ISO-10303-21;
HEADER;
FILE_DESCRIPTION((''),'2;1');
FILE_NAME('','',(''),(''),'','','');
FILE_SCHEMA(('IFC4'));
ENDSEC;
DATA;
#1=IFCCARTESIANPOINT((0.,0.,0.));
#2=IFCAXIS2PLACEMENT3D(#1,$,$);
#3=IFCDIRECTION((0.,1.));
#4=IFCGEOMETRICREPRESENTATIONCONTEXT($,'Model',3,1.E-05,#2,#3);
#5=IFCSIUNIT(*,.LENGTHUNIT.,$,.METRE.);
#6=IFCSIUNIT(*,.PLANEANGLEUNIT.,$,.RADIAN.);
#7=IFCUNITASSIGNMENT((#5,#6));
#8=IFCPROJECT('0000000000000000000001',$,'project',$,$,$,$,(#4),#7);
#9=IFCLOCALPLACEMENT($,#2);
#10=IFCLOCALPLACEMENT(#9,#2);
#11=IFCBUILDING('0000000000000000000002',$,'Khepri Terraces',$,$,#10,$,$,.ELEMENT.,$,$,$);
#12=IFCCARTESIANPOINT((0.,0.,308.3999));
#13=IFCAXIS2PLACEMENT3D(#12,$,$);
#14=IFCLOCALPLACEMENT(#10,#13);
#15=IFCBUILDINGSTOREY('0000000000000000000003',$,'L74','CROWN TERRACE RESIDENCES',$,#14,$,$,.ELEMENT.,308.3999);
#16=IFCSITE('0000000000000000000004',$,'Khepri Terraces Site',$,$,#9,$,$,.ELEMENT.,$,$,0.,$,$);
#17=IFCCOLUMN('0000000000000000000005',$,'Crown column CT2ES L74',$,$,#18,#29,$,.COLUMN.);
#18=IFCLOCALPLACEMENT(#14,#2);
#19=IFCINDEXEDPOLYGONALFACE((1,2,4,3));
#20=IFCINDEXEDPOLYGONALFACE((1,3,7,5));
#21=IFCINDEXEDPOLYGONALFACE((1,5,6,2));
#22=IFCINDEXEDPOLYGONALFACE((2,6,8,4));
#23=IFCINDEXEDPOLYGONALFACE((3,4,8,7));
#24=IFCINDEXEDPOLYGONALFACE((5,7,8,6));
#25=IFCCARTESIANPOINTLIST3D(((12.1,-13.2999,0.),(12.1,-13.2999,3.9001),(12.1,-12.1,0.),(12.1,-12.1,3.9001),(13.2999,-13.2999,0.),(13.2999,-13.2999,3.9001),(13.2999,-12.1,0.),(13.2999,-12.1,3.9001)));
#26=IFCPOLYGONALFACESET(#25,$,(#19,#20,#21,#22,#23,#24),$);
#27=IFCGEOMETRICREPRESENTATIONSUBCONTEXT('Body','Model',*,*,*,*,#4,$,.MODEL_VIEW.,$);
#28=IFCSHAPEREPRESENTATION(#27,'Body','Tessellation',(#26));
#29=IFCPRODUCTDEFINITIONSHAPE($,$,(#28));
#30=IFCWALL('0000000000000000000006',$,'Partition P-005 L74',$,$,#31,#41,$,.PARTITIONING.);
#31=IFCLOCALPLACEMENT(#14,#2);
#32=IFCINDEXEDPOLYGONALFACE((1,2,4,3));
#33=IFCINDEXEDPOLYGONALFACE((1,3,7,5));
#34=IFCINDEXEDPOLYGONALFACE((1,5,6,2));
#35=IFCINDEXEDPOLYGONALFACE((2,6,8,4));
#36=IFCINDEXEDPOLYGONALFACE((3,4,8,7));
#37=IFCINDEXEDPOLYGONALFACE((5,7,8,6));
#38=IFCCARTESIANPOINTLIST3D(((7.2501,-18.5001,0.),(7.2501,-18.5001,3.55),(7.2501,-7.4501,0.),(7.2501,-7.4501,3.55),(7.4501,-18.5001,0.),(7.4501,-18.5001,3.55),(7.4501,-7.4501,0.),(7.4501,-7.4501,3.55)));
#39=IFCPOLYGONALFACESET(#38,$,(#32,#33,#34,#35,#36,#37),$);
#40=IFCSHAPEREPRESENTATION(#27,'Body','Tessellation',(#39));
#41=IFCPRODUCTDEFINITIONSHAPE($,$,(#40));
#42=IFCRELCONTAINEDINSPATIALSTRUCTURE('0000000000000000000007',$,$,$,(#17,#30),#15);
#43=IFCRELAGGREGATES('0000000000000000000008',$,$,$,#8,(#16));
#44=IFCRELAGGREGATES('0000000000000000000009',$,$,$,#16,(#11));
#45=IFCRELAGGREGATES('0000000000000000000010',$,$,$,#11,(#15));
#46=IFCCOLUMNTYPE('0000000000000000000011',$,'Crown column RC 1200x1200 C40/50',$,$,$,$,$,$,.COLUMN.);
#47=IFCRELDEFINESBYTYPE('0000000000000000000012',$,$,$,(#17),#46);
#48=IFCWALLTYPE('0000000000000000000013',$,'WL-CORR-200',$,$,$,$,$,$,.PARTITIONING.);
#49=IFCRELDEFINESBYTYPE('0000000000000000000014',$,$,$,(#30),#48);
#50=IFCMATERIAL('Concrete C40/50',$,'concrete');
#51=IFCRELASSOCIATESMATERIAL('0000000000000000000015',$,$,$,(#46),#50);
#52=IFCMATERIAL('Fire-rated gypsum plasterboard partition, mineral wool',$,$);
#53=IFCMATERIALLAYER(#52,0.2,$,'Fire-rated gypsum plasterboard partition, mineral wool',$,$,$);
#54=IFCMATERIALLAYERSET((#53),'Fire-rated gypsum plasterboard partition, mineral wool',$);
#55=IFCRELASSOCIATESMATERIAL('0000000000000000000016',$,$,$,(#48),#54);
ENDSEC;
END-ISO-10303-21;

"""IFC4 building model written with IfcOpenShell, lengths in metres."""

from ifc_helpers import new_model, si_unit, direction, frame, frame_2d, origin, origin_2d, place, context, subcontext, project, spatial, rectangle, extrude, material, layer, layer_set, material_profile, profile_set, type_object, element, save


model = new_model("IFC4")

# Units and contexts
model_context = context("Model", 3, precision=1e-05, world=origin(), true_north=direction((0.0, 1.0)))
body_context = subcontext(model_context, "Body", "Model", "MODEL_VIEW")
ifc_project = project(units=[si_unit("LENGTHUNIT", "METRE"), si_unit("PLANEANGLEUNIT", "RADIAN")], contexts=[model_context])

# Site, building, storey
site_placement = place(None, origin())
site = spatial("IfcSite", under=ifc_project, at=site_placement, Name="Khepri Terraces Site", CompositionType="ELEMENT", RefElevation=0.0)
building_placement = place(site_placement, origin())
building = spatial("IfcBuilding", under=site, at=building_placement, Name="Khepri Terraces", CompositionType="ELEMENT")
storey_placement = place(building_placement, frame((0.0, 0.0, 308.3999)))
storey = spatial("IfcBuildingStorey", under=building, at=storey_placement, Name="L74", Description="CROWN TERRACE RESIDENCES", CompositionType="ELEMENT", Elevation=308.3999)

# Column
ifc_material_1 = material(Name="Concrete C40/50", Category="concrete")
ifc_material_profile = material_profile(ifc_material_1, rectangle(XDim=1.2, YDim=1.2, at=origin_2d()), Name="Concrete C40/50", Category="concrete")
ifc_profile_set = profile_set([ifc_material_profile], Name="Concrete C40/50")
column_type = type_object("IfcColumnType", Name="Crown column RC 1200x1200 C40/50", PredefinedType="COLUMN", material=ifc_profile_set)
column_placement = place(storey_placement, frame((12.7, -12.7, 0.0), z_axis=(0.0, 0.0, 1.0), x_axis=(1.0, 0.0, 0.0)))
element("IfcColumn", 1, at=column_placement, inside=storey, type_object=column_type, Name="Crown column CT2ES L74", PredefinedType="COLUMN", context=body_context, shape_type="SweptSolid", body=[
    extrude(rectangle(XDim=1.2, YDim=1.2, at=origin_2d()), origin(), (0.0, 0.0, 1.0), 3.9001),
])

# Wall
ifc_material_2 = material(Name="Fire-rated gypsum plasterboard partition, mineral wool")
ifc_layer_1 = layer(ifc_material_2, 0.2, Name="Fire-rated gypsum plasterboard partition, mineral wool")
ifc_layer_set_1 = layer_set([ifc_layer_1], Name="Fire-rated gypsum plasterboard partition, mineral wool")
wall_type_1 = type_object("IfcWallType", Name="WL-CORR-200", PredefinedType="PARTITIONING", material=ifc_layer_set_1)
wall_1_placement = place(storey_placement, frame((7.3501, -18.5, 0.0), z_axis=(0.0, 0.0, 1.0), x_axis=(0.0, 1.0, 0.0)))
element("IfcWall", 2, at=wall_1_placement, inside=storey, type_object=wall_type_1, Name="Partition P-005 L74", PredefinedType="PARTITIONING", context=body_context, shape_type="SweptSolid", body=[
    extrude(rectangle(XDim=11.05, YDim=0.2, at=frame_2d((5.5249, 0.0))), origin(), (0.0, 0.0, 1.0), 3.55),
])

save(model, "model.ifc")
